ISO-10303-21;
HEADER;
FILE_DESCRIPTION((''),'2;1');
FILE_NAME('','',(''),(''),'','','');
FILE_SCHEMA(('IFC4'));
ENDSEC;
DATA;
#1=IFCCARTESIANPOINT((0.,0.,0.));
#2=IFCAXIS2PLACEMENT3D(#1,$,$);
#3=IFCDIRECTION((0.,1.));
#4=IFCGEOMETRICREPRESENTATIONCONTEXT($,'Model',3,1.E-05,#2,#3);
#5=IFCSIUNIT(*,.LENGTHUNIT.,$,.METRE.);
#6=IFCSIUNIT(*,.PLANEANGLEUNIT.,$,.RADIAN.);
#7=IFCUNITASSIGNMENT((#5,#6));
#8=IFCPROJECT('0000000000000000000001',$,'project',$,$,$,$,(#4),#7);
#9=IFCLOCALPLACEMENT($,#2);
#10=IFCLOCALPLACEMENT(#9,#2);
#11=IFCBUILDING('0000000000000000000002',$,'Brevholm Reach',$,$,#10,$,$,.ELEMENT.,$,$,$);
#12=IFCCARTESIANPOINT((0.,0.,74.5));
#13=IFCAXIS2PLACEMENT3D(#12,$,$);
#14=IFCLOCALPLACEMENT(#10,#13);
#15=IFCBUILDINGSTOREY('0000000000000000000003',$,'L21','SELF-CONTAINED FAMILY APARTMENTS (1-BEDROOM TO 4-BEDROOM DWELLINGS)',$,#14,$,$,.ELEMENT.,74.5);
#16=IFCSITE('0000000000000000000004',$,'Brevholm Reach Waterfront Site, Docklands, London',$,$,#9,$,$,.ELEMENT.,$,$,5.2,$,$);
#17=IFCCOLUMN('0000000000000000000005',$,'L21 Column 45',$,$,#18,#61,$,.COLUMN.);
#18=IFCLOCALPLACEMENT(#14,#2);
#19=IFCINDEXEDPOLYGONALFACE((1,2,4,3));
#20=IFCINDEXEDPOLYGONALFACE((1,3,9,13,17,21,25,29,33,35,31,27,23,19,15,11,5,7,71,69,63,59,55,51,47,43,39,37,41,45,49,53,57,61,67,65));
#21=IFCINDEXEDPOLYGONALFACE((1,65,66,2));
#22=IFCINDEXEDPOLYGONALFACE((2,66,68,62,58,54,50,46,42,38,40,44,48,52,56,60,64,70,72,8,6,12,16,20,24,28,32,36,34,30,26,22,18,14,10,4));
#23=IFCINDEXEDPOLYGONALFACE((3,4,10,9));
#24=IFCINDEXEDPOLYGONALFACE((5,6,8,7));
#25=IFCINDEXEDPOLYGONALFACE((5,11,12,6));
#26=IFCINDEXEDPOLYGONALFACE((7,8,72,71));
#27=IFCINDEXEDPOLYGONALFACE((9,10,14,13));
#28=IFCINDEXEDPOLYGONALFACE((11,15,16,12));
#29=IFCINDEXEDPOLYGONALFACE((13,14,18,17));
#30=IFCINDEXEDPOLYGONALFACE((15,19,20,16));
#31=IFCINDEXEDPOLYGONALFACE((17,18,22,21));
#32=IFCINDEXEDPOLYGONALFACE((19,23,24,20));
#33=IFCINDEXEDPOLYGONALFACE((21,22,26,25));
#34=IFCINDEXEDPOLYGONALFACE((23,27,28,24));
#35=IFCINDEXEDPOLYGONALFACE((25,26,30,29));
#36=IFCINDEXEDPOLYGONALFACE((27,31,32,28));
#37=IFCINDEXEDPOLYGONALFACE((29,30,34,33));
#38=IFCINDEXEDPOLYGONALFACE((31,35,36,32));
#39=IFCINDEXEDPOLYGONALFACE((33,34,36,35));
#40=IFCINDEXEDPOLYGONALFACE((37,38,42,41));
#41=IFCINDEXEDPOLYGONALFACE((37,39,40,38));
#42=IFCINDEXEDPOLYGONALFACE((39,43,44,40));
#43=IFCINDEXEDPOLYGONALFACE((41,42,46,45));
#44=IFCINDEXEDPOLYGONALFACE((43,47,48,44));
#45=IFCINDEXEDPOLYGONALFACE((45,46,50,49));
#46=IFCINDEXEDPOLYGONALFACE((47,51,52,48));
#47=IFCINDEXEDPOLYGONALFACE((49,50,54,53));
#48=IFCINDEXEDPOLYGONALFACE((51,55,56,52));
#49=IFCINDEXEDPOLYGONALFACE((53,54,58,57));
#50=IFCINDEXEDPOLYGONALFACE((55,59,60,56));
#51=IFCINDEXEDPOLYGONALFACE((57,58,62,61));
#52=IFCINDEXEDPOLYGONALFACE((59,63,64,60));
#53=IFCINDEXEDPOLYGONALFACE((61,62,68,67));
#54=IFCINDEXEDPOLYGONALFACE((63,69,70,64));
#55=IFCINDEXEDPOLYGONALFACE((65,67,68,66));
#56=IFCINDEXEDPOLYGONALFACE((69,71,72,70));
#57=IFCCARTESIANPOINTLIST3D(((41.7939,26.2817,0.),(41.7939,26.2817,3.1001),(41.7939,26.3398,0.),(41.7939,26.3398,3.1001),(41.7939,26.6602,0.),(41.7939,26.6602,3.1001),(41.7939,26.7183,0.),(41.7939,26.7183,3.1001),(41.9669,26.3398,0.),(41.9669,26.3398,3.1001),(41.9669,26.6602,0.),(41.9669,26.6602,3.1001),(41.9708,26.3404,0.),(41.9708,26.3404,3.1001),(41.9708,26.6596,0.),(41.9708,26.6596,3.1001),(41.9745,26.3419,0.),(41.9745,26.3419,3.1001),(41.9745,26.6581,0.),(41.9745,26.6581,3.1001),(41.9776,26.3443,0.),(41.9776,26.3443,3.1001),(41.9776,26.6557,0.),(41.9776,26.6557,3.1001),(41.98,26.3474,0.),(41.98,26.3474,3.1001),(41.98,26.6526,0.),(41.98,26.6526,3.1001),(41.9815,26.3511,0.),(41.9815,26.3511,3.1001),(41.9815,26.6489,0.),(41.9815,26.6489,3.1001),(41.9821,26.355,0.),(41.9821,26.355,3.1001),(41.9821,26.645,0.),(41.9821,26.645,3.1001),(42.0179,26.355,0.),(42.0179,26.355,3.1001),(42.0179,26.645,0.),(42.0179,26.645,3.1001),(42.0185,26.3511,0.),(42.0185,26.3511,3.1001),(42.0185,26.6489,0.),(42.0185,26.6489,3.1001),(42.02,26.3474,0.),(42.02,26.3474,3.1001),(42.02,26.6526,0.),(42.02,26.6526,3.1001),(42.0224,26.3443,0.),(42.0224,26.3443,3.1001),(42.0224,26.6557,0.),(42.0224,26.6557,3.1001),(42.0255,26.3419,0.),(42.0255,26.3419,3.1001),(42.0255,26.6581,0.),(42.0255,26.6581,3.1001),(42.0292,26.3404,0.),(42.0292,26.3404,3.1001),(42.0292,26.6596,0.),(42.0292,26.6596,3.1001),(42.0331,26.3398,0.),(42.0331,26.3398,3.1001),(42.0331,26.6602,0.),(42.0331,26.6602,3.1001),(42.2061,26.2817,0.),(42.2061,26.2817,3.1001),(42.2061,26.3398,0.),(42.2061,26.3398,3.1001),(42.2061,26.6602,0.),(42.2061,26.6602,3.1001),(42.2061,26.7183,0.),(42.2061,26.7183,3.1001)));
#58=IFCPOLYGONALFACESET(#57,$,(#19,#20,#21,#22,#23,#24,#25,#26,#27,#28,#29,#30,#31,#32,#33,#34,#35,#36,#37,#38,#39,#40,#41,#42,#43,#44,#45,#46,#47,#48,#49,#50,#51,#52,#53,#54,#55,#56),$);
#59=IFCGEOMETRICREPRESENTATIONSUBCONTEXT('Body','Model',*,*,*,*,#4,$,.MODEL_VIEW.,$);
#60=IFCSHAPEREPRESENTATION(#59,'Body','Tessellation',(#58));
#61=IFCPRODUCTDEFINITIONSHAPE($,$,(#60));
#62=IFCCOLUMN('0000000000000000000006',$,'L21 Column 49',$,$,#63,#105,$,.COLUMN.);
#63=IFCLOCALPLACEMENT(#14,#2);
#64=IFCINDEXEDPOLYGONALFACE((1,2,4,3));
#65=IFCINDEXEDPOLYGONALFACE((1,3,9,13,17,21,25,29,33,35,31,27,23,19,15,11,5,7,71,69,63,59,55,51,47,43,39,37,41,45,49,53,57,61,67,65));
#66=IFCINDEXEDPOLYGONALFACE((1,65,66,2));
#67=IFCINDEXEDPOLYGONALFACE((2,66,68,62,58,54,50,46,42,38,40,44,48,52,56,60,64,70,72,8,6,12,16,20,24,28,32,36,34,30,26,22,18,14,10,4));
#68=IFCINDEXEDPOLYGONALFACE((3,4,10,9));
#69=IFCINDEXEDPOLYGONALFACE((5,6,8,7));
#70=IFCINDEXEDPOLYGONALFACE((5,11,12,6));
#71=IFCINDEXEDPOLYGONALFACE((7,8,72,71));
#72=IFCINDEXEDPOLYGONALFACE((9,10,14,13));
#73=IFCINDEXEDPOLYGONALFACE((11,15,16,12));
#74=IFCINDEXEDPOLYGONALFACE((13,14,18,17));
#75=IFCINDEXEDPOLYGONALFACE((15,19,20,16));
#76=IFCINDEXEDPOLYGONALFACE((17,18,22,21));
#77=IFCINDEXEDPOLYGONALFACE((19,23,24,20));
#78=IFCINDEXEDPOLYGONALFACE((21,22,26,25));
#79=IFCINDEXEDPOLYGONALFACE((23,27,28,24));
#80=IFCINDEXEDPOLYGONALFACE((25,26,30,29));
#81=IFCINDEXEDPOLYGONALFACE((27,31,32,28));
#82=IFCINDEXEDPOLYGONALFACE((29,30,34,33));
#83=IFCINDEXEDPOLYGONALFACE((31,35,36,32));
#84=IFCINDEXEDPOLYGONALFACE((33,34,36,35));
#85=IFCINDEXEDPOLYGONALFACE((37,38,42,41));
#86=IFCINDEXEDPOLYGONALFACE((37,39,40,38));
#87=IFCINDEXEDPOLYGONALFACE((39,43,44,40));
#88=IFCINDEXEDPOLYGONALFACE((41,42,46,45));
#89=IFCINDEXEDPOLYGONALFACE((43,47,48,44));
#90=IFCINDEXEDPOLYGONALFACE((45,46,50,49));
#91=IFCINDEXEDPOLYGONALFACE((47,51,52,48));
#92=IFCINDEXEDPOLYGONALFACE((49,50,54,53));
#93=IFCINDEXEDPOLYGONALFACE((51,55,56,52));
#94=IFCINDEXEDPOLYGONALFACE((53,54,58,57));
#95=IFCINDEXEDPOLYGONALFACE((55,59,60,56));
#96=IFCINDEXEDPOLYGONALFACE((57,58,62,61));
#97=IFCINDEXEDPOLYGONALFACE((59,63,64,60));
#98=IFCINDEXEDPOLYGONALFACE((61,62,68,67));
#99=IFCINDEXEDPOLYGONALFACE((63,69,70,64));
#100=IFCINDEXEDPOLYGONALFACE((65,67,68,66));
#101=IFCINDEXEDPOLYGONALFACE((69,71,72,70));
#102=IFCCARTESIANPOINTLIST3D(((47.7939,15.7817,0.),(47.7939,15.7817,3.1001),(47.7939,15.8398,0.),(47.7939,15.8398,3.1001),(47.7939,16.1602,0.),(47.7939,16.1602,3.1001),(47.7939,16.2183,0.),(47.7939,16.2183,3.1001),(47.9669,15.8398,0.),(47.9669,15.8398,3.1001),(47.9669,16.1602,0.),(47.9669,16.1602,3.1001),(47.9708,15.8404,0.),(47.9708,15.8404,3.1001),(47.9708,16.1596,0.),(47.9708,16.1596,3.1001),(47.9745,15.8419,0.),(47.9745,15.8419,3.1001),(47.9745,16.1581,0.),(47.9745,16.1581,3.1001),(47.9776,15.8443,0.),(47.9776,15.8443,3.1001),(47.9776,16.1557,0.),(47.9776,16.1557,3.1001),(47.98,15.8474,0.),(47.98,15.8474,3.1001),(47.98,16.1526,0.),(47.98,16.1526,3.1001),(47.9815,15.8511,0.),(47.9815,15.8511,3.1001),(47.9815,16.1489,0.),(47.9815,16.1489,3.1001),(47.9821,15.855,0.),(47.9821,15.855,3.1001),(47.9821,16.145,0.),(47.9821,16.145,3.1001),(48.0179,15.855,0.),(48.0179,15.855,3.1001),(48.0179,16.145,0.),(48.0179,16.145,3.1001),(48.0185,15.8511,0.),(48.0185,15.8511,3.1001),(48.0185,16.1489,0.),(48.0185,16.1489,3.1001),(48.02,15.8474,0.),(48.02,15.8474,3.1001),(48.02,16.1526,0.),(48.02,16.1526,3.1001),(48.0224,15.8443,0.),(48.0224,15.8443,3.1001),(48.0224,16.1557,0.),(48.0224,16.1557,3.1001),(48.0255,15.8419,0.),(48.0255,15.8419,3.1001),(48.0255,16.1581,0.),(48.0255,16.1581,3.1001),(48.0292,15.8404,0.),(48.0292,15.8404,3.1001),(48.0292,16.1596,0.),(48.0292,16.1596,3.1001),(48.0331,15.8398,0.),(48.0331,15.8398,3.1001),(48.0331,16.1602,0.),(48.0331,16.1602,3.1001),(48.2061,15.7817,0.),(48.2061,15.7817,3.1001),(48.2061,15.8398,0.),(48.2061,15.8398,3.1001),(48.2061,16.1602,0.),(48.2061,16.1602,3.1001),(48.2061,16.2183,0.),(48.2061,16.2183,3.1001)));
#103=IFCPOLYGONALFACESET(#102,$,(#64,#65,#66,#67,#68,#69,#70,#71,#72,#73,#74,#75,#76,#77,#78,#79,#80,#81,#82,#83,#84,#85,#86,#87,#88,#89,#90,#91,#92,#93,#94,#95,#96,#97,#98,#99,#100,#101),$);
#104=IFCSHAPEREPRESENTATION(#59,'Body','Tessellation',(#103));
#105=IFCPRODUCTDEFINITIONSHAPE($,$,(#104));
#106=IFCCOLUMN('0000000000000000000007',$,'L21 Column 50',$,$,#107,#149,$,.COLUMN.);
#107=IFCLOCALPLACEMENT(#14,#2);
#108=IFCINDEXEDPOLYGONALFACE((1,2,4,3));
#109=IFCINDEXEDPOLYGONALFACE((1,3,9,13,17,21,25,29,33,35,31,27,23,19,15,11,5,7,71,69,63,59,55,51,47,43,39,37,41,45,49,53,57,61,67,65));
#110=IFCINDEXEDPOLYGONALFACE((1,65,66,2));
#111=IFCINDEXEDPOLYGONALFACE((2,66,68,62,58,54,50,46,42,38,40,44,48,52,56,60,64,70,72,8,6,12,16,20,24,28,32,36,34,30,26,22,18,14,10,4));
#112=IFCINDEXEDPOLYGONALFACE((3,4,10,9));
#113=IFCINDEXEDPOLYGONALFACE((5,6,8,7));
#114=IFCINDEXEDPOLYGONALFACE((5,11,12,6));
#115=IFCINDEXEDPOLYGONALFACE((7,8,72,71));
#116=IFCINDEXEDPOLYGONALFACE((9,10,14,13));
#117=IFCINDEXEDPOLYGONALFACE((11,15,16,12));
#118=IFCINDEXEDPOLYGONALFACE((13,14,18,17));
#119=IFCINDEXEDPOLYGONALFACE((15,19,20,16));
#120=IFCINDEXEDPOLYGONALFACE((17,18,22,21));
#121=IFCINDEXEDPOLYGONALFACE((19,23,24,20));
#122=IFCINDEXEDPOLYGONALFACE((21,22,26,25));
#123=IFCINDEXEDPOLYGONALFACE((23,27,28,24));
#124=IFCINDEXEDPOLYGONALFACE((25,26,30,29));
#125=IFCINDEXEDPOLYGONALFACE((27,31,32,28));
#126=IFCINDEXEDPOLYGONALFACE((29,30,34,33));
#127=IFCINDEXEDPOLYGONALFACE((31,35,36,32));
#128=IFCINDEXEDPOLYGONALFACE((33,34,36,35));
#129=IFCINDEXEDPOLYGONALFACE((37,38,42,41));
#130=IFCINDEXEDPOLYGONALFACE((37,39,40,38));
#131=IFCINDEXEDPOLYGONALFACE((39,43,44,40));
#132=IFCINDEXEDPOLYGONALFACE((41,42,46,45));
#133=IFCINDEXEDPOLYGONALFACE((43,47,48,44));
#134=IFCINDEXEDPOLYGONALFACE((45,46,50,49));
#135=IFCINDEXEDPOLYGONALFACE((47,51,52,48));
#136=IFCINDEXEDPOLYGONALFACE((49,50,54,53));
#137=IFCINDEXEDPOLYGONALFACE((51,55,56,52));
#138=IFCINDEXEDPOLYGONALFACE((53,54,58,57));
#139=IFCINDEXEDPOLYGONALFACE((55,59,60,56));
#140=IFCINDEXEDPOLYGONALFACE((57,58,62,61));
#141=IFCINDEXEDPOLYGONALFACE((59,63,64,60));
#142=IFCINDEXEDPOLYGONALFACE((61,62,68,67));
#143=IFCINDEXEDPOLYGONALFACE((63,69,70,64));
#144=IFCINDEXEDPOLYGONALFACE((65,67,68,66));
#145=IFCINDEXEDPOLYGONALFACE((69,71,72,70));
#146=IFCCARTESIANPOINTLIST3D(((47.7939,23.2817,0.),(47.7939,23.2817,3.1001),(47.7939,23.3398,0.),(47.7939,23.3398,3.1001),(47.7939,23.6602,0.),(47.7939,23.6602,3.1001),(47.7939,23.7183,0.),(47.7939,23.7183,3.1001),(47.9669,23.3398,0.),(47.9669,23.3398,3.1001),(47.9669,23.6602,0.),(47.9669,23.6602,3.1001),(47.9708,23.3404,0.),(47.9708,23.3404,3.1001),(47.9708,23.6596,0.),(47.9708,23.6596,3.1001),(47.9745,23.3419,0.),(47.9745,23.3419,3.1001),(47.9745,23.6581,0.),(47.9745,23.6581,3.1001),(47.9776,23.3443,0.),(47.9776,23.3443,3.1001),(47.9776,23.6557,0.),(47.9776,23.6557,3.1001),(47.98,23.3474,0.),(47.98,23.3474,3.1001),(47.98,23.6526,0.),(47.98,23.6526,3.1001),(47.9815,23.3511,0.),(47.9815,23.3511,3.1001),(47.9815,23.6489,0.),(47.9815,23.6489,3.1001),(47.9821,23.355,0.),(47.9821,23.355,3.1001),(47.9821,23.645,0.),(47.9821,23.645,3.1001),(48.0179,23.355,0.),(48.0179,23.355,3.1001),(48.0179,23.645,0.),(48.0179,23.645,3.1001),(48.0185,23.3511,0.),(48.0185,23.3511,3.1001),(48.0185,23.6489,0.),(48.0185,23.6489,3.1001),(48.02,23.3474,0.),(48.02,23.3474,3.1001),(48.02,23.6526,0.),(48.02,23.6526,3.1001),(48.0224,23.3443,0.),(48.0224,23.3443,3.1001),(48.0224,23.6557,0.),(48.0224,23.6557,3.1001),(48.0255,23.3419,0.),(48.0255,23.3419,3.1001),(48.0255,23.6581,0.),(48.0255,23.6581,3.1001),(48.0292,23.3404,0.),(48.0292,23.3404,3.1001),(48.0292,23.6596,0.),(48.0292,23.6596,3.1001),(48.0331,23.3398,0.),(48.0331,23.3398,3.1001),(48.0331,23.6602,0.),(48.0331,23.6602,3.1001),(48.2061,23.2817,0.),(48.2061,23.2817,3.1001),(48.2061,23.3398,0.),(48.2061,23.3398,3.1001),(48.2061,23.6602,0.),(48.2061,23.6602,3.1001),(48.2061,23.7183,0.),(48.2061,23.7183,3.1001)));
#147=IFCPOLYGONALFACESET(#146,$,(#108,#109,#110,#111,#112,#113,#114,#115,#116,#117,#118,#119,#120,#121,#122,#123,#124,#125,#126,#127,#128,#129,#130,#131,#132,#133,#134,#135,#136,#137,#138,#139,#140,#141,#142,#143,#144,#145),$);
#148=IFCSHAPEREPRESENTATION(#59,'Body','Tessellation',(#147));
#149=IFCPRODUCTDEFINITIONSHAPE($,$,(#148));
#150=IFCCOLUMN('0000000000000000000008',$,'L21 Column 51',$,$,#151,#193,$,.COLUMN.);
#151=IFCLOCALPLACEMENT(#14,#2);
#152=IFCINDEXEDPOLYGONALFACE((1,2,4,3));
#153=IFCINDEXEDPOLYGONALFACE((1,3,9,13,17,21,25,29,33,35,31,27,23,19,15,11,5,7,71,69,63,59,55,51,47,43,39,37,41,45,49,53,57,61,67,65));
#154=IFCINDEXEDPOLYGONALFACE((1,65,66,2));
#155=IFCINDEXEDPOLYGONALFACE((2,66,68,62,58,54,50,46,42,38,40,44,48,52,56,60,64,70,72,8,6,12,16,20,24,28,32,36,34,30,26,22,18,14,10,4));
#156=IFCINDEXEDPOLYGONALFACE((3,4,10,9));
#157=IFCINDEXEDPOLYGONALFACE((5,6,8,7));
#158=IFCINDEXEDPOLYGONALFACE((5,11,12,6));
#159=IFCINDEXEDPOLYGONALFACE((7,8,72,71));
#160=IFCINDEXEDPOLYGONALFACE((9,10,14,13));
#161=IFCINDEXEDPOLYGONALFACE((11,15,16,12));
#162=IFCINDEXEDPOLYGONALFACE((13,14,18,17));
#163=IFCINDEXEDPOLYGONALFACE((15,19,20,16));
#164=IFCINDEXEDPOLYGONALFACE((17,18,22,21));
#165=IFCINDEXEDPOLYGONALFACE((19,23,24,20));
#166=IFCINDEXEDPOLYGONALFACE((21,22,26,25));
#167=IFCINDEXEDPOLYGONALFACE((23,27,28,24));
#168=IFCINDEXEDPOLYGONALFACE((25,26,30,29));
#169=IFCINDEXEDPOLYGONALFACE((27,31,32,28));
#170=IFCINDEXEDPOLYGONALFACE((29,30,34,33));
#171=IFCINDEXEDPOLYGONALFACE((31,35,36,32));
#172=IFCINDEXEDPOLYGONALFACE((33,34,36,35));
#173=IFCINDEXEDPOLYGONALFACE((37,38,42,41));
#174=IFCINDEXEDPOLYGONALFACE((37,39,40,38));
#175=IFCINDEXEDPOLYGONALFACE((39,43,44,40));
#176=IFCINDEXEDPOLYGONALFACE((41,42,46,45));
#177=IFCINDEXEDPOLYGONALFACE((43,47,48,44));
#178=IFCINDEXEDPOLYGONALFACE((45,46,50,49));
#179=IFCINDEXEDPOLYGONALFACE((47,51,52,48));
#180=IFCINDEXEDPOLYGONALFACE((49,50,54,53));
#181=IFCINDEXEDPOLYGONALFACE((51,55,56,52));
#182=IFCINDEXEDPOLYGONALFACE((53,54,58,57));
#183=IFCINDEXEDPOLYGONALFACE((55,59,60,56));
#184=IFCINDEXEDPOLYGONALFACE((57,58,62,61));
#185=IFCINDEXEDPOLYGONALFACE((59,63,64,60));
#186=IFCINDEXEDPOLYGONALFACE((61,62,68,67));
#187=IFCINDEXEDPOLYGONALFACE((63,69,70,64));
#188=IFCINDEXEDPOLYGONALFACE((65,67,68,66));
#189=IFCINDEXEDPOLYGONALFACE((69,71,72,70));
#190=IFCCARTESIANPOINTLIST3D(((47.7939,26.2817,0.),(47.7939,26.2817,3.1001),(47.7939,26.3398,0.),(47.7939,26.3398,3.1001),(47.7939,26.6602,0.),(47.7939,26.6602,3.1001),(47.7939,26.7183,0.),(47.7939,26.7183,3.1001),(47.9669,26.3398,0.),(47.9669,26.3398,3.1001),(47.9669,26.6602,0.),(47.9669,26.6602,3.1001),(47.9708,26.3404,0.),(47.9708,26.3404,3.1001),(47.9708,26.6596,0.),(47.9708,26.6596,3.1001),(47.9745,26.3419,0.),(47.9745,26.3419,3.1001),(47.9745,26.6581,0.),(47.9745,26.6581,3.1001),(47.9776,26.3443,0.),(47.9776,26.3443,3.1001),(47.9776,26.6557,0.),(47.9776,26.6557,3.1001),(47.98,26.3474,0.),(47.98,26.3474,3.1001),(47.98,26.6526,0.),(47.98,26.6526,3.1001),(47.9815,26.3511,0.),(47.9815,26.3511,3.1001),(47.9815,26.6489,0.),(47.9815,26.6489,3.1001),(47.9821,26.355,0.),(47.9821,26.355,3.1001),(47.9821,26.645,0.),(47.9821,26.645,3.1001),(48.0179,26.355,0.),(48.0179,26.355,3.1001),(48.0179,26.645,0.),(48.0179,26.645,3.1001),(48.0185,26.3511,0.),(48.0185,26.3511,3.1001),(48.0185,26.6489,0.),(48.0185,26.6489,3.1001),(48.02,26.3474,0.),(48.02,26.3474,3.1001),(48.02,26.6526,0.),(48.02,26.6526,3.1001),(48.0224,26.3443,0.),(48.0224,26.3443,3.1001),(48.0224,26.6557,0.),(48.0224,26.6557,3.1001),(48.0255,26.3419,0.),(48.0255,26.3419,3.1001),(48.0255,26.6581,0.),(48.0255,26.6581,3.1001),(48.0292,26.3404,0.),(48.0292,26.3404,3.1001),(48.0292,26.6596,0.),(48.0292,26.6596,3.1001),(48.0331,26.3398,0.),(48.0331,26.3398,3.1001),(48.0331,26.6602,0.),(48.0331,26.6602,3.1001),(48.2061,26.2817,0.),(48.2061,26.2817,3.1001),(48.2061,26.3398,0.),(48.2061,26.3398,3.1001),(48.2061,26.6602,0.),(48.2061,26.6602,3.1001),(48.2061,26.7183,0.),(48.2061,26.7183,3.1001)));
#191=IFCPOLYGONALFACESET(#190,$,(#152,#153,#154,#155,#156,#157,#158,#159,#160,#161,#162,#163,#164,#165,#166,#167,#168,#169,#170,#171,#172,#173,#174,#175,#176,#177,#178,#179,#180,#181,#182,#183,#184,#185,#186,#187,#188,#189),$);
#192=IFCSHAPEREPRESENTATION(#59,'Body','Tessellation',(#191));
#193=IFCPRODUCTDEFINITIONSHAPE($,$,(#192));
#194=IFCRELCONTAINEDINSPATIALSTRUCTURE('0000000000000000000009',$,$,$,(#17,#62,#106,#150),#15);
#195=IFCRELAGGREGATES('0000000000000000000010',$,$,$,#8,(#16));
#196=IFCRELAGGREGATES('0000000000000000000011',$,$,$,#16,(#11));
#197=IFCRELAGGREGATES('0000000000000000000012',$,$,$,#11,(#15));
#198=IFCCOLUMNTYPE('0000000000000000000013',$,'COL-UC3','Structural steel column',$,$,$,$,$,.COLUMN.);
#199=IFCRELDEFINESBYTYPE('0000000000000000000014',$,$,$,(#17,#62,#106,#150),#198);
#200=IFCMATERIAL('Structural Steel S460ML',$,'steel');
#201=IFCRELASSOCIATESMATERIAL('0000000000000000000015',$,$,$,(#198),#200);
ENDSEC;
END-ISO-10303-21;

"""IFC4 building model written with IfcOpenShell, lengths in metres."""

from ifc_helpers import new_model, si_unit, direction, frame, origin, origin_2d, place, context, subcontext, project, spatial, i_section, extrude, material, material_profile, profile_set, type_object, element, save


model = new_model("IFC4")

# Units and contexts
model_context = context("Model", 3, precision=1e-05, world=origin(), true_north=direction((0.0, 1.0)))
body_context = subcontext(model_context, "Body", "Model", "MODEL_VIEW")
ifc_project = project(units=[si_unit("LENGTHUNIT", "METRE"), si_unit("PLANEANGLEUNIT", "RADIAN")], contexts=[model_context])

# Site, building, storey
site_placement = place(None, origin())
site = spatial("IfcSite", under=ifc_project, at=site_placement, Name="Brevholm Reach Waterfront Site, Docklands, London", CompositionType="ELEMENT", RefElevation=5.2)
building_placement = place(site_placement, origin())
building = spatial("IfcBuilding", under=site, at=building_placement, Name="Brevholm Reach", CompositionType="ELEMENT")
storey_placement = place(building_placement, frame((0.0, 0.0, 74.5)))
storey = spatial("IfcBuildingStorey", under=building, at=storey_placement, Name="L21", Description="SELF-CONTAINED FAMILY APARTMENTS (1-BEDROOM TO 4-BEDROOM DWELLINGS)", CompositionType="ELEMENT", Elevation=74.5)

# Columns
ifc_material_1 = material(Name="Structural Steel S460ML", Category="steel")
ifc_material_profile_1 = material_profile(ifc_material_1, i_section(OverallWidth=0.4121, OverallDepth=0.4365, WebThickness=0.0359, FlangeThickness=0.0581, FilletRadius=0.0151, at=origin_2d()), Name="UKC 356x406x467")
ifc_profile_set_1 = profile_set([ifc_material_profile_1], Name="Structural Steel S460ML")
column_type_1 = type_object("IfcColumnType", Name="COL-UC3", Description="Structural steel column", PredefinedType="COLUMN", material=ifc_profile_set_1)
for number, where, z_axis, x_axis, name in (
    (1, (42.0, 26.5, 0.0), (0.0, 0.0, 1.0), (1.0, 0.0, 0.0), "L21 Column 45"),
    (2, (48.0, 16.0, 0.0), (0.0, 0.0, 1.0), (1.0, 0.0, 0.0), "L21 Column 49"),
    (3, (48.0, 23.5, 0.0), (0.0, 0.0, 1.0), (1.0, 0.0, 0.0), "L21 Column 50"),
    (4, (48.0, 26.5, 0.0), (0.0, 0.0, 1.0), (1.0, 0.0, 0.0), "L21 Column 51"),
):
    element("IfcColumn", number, at=place(storey_placement, frame(where, z_axis=z_axis, x_axis=x_axis)), inside=storey, type_object=column_type_1, Name=name, PredefinedType="COLUMN", context=body_context, shape_type="SweptSolid", body=[
        extrude(i_section(OverallWidth=0.4121, OverallDepth=0.4365, WebThickness=0.0359, FlangeThickness=0.0581, FilletRadius=0.0151, at=origin_2d()), origin(), (0.0, 0.0, 1.0), 3.1001),
    ])

save(model, "model.ifc")
